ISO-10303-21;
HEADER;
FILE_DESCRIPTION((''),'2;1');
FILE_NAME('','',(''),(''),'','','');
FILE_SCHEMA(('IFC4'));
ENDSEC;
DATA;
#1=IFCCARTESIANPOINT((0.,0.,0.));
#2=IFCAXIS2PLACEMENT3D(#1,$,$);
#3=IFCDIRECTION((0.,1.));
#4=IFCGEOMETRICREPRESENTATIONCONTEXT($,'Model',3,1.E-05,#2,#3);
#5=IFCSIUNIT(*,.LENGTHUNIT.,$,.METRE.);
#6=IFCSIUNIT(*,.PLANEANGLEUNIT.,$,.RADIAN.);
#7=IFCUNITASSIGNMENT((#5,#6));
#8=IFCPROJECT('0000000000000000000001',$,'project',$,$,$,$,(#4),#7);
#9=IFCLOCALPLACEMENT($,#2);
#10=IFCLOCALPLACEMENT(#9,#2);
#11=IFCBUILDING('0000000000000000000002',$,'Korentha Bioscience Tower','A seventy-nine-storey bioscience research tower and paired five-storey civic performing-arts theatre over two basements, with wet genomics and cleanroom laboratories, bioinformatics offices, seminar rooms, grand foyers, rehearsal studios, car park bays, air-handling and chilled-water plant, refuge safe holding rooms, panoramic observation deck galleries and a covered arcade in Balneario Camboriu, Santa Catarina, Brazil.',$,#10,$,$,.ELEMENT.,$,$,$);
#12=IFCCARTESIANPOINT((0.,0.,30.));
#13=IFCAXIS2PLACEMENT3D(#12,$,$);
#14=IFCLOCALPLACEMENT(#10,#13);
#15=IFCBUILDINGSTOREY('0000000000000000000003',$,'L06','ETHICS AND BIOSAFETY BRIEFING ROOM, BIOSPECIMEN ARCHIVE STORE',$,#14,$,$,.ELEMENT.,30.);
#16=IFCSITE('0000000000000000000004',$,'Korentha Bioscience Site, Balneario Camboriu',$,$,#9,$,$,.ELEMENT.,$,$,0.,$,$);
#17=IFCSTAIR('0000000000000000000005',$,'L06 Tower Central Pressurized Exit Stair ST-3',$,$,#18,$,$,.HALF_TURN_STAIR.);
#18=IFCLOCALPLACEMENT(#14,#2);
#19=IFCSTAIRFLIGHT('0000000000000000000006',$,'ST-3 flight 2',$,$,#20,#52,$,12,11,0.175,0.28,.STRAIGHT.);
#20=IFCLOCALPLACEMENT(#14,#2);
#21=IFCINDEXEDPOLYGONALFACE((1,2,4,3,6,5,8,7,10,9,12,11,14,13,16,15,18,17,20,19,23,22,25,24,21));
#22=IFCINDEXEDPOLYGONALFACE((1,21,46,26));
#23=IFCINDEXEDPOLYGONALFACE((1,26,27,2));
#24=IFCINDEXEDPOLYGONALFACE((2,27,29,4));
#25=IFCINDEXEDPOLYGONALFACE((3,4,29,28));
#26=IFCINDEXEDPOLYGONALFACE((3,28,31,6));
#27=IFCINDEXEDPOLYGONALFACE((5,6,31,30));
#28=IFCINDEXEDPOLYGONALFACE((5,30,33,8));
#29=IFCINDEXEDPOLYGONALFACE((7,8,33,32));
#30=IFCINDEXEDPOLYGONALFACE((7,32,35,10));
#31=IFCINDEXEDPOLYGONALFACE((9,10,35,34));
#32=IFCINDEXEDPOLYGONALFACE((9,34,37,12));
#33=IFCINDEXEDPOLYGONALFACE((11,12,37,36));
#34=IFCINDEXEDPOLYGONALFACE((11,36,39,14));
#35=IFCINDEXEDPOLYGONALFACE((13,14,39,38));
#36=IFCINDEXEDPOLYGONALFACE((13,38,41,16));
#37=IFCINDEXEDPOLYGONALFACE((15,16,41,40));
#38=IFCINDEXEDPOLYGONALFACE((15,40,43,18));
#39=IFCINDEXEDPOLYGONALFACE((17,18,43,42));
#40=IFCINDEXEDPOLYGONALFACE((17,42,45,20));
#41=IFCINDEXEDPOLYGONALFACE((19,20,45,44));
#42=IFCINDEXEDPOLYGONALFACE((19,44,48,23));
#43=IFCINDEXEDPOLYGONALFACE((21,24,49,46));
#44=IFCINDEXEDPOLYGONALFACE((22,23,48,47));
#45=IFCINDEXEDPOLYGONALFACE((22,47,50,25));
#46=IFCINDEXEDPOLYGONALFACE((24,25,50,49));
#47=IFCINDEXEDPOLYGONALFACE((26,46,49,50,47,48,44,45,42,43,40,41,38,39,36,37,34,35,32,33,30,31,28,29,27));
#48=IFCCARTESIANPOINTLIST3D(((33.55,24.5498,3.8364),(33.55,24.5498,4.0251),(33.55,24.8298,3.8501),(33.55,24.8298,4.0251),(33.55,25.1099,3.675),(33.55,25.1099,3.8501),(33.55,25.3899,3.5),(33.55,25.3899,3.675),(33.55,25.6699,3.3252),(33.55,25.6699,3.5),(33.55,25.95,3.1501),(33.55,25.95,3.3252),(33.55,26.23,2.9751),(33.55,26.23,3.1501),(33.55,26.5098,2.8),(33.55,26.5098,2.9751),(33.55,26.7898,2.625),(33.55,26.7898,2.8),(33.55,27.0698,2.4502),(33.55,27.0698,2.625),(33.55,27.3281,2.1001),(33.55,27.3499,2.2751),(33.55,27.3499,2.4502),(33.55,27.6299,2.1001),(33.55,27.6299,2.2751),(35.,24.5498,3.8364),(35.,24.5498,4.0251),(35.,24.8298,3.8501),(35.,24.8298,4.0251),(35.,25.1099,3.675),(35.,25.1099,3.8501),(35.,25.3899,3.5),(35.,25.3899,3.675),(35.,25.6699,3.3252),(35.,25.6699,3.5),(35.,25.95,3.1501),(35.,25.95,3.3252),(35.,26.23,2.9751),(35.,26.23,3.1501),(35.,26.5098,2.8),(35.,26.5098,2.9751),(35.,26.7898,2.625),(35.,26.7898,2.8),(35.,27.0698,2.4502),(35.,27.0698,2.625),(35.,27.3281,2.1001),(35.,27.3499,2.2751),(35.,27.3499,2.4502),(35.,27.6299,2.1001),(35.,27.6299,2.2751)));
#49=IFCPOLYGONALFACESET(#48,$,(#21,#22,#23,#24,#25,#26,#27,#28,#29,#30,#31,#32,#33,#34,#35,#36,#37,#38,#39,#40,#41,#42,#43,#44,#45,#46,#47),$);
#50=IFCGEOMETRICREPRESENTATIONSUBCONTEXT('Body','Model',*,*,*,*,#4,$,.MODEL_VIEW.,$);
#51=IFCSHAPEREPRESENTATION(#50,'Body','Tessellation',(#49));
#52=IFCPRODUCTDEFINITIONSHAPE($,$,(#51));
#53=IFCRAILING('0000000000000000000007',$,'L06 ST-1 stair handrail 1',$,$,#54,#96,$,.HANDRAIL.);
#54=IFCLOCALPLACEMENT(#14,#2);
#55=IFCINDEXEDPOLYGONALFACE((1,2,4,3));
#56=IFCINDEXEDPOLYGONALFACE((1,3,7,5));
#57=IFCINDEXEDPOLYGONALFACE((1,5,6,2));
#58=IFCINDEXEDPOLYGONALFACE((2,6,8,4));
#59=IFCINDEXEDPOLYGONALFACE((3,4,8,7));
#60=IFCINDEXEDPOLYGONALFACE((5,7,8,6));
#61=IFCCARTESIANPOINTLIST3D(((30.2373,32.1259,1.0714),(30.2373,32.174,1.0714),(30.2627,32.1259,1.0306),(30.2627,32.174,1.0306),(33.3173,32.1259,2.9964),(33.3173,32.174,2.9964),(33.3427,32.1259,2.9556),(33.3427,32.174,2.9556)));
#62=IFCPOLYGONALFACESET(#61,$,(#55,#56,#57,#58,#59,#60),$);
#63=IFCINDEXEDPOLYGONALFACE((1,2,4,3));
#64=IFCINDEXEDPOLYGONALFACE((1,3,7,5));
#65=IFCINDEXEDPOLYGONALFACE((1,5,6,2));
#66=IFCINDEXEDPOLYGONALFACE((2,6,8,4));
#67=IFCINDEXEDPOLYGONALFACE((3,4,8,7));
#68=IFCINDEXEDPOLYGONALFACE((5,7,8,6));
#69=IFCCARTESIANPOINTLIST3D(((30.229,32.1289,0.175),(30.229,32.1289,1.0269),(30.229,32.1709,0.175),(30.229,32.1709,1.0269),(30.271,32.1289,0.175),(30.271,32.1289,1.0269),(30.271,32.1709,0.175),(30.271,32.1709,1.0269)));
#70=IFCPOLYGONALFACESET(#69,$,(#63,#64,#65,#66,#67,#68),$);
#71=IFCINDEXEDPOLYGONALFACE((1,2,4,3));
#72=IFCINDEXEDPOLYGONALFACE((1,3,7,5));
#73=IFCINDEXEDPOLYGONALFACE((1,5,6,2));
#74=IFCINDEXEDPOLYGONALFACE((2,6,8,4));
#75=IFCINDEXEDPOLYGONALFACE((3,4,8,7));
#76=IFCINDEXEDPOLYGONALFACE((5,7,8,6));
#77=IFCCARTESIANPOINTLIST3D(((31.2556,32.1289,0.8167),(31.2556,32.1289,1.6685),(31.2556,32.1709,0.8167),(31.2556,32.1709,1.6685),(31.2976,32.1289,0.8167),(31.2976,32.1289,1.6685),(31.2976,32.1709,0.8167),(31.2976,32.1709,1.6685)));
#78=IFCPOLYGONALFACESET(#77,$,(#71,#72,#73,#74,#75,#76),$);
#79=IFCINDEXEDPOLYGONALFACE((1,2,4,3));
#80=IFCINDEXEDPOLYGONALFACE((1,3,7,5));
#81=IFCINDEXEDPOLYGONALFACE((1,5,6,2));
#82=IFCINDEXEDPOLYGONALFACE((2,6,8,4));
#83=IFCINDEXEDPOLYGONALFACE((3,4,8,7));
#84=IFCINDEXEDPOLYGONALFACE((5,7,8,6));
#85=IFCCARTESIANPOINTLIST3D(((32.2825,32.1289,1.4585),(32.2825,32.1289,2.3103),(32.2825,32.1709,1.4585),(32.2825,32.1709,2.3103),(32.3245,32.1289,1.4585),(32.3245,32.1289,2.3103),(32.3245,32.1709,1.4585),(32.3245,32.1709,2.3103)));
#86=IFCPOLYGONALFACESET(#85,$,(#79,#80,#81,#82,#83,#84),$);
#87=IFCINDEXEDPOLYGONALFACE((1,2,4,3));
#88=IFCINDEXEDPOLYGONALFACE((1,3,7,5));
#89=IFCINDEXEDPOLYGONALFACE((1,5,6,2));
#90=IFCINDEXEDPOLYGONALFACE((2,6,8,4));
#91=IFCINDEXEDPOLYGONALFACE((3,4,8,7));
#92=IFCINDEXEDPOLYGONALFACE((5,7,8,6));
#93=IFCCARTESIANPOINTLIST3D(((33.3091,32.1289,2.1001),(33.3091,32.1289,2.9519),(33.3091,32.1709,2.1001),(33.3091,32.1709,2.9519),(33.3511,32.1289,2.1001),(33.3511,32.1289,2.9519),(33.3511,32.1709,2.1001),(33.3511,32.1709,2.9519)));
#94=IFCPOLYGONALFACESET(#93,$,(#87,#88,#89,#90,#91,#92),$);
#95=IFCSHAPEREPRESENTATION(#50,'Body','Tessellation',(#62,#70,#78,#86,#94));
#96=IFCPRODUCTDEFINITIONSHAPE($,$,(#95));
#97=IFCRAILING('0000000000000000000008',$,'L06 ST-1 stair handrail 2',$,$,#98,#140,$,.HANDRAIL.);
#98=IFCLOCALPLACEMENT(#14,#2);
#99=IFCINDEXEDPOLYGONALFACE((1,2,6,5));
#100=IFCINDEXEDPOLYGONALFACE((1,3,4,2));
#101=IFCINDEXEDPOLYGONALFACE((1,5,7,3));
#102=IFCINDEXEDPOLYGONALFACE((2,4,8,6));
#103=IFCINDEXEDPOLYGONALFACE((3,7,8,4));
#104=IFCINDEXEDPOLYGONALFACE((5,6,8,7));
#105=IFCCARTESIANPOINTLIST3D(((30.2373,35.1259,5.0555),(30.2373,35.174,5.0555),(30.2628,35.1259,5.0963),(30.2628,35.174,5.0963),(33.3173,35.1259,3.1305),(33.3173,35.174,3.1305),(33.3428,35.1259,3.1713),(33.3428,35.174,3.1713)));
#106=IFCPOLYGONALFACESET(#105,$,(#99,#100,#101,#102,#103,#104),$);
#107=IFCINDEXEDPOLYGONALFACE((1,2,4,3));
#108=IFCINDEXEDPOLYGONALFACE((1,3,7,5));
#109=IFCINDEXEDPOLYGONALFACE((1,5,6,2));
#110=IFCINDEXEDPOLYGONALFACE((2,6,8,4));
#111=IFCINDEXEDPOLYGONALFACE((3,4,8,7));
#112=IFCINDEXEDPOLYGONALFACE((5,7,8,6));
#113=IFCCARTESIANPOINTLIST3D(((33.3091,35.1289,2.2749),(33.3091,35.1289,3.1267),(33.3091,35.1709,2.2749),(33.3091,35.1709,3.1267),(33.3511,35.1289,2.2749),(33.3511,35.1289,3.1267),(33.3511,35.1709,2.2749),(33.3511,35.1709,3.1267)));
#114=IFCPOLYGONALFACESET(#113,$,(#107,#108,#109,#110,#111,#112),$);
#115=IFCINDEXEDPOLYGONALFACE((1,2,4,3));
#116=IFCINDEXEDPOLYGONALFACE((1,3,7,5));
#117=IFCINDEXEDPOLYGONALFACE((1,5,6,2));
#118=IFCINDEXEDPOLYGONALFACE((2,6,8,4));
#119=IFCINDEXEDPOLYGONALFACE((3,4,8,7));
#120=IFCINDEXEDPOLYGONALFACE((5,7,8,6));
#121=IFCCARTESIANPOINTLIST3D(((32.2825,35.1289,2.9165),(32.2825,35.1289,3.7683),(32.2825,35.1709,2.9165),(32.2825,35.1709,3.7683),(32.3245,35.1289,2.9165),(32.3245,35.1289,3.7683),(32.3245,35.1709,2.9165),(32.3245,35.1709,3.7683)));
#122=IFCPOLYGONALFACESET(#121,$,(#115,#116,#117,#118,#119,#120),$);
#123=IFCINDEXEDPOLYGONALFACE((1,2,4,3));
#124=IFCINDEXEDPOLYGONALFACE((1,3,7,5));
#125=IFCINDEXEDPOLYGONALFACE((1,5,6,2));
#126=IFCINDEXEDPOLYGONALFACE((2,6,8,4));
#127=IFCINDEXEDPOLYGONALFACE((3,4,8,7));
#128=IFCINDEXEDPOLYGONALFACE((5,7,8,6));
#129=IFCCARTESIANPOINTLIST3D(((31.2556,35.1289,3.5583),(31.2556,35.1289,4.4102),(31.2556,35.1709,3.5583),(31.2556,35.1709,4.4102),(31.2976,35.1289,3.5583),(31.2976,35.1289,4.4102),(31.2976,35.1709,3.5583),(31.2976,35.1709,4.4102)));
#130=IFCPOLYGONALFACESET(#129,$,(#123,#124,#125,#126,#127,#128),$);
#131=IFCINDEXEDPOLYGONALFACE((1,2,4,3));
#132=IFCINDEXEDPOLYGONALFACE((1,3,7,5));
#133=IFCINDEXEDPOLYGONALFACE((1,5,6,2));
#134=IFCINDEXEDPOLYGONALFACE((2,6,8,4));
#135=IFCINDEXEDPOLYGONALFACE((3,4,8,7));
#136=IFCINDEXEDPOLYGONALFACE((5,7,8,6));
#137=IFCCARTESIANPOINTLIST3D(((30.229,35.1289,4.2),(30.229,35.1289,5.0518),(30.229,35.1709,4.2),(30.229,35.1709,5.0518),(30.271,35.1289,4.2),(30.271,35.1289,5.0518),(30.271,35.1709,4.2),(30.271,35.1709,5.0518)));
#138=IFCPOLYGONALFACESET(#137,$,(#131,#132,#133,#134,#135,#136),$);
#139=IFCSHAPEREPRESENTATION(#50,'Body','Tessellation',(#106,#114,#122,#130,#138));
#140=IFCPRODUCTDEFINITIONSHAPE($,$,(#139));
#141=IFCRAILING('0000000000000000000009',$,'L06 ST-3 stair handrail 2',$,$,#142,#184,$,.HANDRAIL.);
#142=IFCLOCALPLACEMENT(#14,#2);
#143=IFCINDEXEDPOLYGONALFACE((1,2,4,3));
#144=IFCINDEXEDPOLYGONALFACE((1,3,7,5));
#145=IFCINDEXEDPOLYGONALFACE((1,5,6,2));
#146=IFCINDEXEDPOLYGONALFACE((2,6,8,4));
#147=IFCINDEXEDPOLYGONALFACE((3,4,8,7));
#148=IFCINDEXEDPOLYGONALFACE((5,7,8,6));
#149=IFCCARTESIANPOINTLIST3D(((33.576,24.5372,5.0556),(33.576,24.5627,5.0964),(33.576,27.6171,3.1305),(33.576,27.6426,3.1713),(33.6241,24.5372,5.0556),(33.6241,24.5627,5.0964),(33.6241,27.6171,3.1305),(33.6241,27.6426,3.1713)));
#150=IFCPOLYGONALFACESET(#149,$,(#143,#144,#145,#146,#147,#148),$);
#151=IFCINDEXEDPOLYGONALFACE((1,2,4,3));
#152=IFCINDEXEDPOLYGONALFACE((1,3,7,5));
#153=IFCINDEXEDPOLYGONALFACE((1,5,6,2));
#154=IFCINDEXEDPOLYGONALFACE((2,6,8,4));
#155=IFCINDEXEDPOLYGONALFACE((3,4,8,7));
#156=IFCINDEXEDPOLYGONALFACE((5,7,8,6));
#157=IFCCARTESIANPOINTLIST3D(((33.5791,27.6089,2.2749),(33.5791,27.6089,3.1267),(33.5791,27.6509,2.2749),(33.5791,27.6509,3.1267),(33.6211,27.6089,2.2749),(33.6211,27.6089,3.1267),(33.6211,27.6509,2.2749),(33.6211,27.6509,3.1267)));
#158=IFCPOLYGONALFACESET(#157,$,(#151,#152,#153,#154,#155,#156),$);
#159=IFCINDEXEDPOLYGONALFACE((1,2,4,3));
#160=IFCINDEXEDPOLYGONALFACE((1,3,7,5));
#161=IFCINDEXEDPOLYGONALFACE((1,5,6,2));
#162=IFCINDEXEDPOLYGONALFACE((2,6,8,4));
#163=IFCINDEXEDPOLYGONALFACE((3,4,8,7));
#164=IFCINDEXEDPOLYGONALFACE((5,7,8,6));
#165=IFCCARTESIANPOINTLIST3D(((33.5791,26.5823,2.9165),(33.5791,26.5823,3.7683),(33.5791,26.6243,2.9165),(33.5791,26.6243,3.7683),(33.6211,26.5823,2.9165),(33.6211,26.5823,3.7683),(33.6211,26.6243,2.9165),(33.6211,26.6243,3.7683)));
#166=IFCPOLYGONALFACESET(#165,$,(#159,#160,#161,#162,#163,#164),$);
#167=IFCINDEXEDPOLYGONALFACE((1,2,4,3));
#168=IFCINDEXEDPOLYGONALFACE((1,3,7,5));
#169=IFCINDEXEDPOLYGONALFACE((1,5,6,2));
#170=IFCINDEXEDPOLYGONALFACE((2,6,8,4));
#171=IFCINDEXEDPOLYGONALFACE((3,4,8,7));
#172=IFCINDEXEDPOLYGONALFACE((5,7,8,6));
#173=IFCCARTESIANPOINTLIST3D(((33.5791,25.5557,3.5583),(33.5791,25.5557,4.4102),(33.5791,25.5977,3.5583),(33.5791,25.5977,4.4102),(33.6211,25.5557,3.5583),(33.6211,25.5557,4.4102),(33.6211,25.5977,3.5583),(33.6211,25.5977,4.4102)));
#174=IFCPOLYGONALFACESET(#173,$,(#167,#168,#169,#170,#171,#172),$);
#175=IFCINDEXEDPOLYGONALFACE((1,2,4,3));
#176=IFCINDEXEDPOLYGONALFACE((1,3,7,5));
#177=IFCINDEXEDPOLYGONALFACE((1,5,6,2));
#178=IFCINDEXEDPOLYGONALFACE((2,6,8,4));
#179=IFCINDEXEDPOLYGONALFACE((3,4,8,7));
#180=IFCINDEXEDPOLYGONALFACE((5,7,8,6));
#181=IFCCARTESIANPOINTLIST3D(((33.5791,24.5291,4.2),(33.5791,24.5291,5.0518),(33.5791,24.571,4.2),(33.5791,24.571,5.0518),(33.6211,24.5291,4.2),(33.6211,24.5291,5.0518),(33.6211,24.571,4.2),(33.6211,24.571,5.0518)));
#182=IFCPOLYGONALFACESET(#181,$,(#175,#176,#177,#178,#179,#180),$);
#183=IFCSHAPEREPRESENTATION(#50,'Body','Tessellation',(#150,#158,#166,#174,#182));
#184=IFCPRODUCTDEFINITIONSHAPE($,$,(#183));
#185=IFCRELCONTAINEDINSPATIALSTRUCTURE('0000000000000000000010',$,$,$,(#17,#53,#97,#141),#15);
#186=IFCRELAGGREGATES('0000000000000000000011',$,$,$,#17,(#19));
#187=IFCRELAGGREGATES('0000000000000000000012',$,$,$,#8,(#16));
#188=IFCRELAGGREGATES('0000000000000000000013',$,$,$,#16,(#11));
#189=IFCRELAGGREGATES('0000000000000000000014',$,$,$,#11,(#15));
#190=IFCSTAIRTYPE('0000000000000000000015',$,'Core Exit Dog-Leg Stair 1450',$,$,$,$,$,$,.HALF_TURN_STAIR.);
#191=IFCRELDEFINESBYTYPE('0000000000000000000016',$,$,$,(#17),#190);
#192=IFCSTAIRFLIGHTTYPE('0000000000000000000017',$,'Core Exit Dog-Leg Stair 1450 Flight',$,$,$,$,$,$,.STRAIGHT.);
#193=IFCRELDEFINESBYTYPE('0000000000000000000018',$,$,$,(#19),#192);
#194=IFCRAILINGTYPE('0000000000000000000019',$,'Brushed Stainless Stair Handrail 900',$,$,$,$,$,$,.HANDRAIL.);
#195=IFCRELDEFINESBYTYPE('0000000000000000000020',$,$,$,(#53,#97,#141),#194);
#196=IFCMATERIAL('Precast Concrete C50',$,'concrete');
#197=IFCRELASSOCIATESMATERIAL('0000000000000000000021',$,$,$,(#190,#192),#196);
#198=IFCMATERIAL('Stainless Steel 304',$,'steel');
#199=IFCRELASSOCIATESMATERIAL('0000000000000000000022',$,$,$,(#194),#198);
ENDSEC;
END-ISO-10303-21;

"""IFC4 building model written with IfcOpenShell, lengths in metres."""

from ifc_helpers import new_model, si_unit, direction, frame, origin, origin_2d, place, context, subcontext, project, spatial, polyline, rectangle, outline, extrude, material, type_object, element, aggregate, save


model = new_model("IFC4")

# Units and contexts
model_context = context("Model", 3, precision=1e-05, world=origin(), true_north=direction((0.0, 1.0)))
body_context = subcontext(model_context, "Body", "Model", "MODEL_VIEW")
ifc_project = project(units=[si_unit("LENGTHUNIT", "METRE"), si_unit("PLANEANGLEUNIT", "RADIAN")], contexts=[model_context])

# Site, building, storey
site_placement = place(None, origin())
site = spatial("IfcSite", under=ifc_project, at=site_placement, Name="Korentha Bioscience Site, Balneario Camboriu", CompositionType="ELEMENT", RefElevation=0.0)
building_placement = place(site_placement, origin())
building = spatial("IfcBuilding", under=site, at=building_placement, Name="Korentha Bioscience Tower", Description="A seventy-nine-storey bioscience research tower and paired five-storey civic performing-arts theatre over two basements, with wet genomics and cleanroom laboratories, bioinformatics offices, seminar rooms, grand foyers, rehearsal studios, car park bays, air-handling and chilled-water plant, refuge safe holding rooms, panoramic observation deck galleries and a covered arcade in Balneario Camboriu, Santa Catarina, Brazil.", CompositionType="ELEMENT")
storey_placement = place(building_placement, frame((0.0, 0.0, 30.0)))
storey = spatial("IfcBuildingStorey", under=building, at=storey_placement, Name="L06", Description="ETHICS AND BIOSAFETY BRIEFING ROOM, BIOSPECIMEN ARCHIVE STORE", CompositionType="ELEMENT", Elevation=30.0)

# Shared definitions
ifc_material_1 = material(Name="Precast Concrete C50", Category="concrete")
stair_type = type_object("IfcStairType", Name="Core Exit Dog-Leg Stair 1450", PredefinedType="HALF_TURN_STAIR", material=ifc_material_1)
stair_flight_type = type_object("IfcStairFlightType", Name="Core Exit Dog-Leg Stair 1450 Flight", PredefinedType="STRAIGHT", material=ifc_material_1)

# Stair, stair flight
stair_1_placement = place(storey_placement, origin())
stair_1 = element("IfcStair", 1, at=stair_1_placement, inside=storey, type_object=stair_type, Name="L06 Tower Central Pressurized Exit Stair ST-3", PredefinedType="HALF_TURN_STAIR")
stair_flight_1_placement = place(storey_placement, frame((34.2749, 27.6299, 2.1001), z_axis=(0.0, 0.0, 1.0), x_axis=(0.0, -1.0, 0.0)))
stair_flight_1 = element("IfcStairFlight", 2, at=stair_flight_1_placement, type_object=stair_flight_type, Name="ST-3 flight 2", NumberOfRisers=12, NumberOfTreads=11, PredefinedType="STRAIGHT", RiserHeight=0.175, TreadLength=0.28, context=body_context, shape_type="SweptSolid", body=[
    extrude(outline(polyline([(0.0, 0.0), (0.0, 0.175), (0.28, 0.175), (0.28, 0.3501), (0.5601, 0.3501), (0.5601, 0.5249), (0.8401, 0.5249), (0.8401, 0.7), (1.1201, 0.7), (1.1201, 0.875), (1.3999, 0.875), (1.3999, 1.05), (1.6799, 1.05), (1.6799, 1.2251), (1.96, 1.2251), (1.96, 1.3999), (2.24, 1.3999), (2.24, 1.575), (2.52, 1.575), (2.52, 1.75), (2.8, 1.75), (2.8, 1.925), (3.0801, 1.925), (3.0801, 2.1001), (3.0801, 1.7363), (0.3018, 0.0), (0.0, 0.0)])), frame((0.0, 0.7251, 0.0), z_axis=(0.0, -1.0, 0.0), x_axis=(1.0, 0.0, 0.0)), (0.0, 0.0, 1.0), 1.45),
])
aggregate(stair_1, [stair_flight_1])

# Railings
ifc_material_2 = material(Name="Stainless Steel 304", Category="steel")
railing_type_1 = type_object("IfcRailingType", Name="Brushed Stainless Stair Handrail 900", PredefinedType="HANDRAIL", material=ifc_material_2)
railing_1_placement = place(storey_placement, frame((30.25, 32.1499, 0.175)))
element("IfcRailing", 3, at=railing_1_placement, inside=storey, type_object=railing_type_1, Name="L06 ST-1 stair handrail 1", PredefinedType="HANDRAIL", context=body_context, shape_type="SweptSolid", body=[
    extrude(rectangle(XDim=0.0481, YDim=0.0481, at=origin_2d()), frame((0.0, 0.0, 0.876), z_axis=(0.847998, 0.0, 0.529999), x_axis=(0.0, 1.0, 0.0)), (0.0, 0.0, 1.0), 3.6321),
    extrude(rectangle(XDim=0.042, YDim=0.042, at=origin_2d()), origin(), (0.0, 0.0, 1.0), 0.8518),
    extrude(rectangle(XDim=0.042, YDim=0.042, at=origin_2d()), frame((1.0266, 0.0, 0.6416)), (0.0, 0.0, 1.0), 0.8518),
    extrude(rectangle(XDim=0.042, YDim=0.042, at=origin_2d()), frame((2.0535, 0.0, 1.2834)), (0.0, 0.0, 1.0), 0.8518),
    extrude(rectangle(XDim=0.042, YDim=0.042, at=origin_2d()), frame((3.0801, 0.0, 1.925)), (0.0, 0.0, 1.0), 0.8518),
])
railing_2_placement = place(storey_placement, frame((33.3301, 35.1499, 2.2749)))
element("IfcRailing", 4, at=railing_2_placement, inside=storey, type_object=railing_type_1, Name="L06 ST-1 stair handrail 2", PredefinedType="HANDRAIL", context=body_context, shape_type="SweptSolid", body=[
    extrude(rectangle(XDim=0.0481, YDim=0.0481, at=origin_2d()), frame((0.0, 0.0, 0.876), z_axis=(-0.847998, 0.0, 0.529999), x_axis=(0.0, -1.0, 0.0)), (0.0, 0.0, 1.0), 3.6321),
    extrude(rectangle(XDim=0.042, YDim=0.042, at=origin_2d()), origin(), (0.0, 0.0, 1.0), 0.8518),
    extrude(rectangle(XDim=0.042, YDim=0.042, at=origin_2d()), frame((-1.0266, 0.0, 0.6416)), (0.0, 0.0, 1.0), 0.8518),
    extrude(rectangle(XDim=0.042, YDim=0.042, at=origin_2d()), frame((-2.0535, 0.0, 1.2834)), (0.0, 0.0, 1.0), 0.8518),
    extrude(rectangle(XDim=0.042, YDim=0.042, at=origin_2d()), frame((-3.0801, 0.0, 1.925)), (0.0, 0.0, 1.0), 0.8518),
])
railing_3_placement = place(storey_placement, frame((33.6001, 27.6299, 2.2749)))
element("IfcRailing", 5, at=railing_3_placement, inside=storey, type_object=railing_type_1, Name="L06 ST-3 stair handrail 2", PredefinedType="HANDRAIL", context=body_context, shape_type="SweptSolid", body=[
    extrude(rectangle(XDim=0.0481, YDim=0.0481, at=origin_2d()), frame((0.0, 0.0, 0.876), z_axis=(0.0, -0.847979, 0.530029), x_axis=(1.0, 0.0, 0.0)), (0.0, 0.0, 1.0), 3.6321),
    extrude(rectangle(XDim=0.042, YDim=0.042, at=origin_2d()), origin(), (0.0, 0.0, 1.0), 0.8518),
    extrude(rectangle(XDim=0.042, YDim=0.042, at=origin_2d()), frame((0.0, -1.0266, 0.6416)), (0.0, 0.0, 1.0), 0.8518),
    extrude(rectangle(XDim=0.042, YDim=0.042, at=origin_2d()), frame((0.0, -2.0532, 1.2834)), (0.0, 0.0, 1.0), 0.8518),
    extrude(rectangle(XDim=0.042, YDim=0.042, at=origin_2d()), frame((0.0, -3.0798, 1.925)), (0.0, 0.0, 1.0), 0.8518),
])

save(model, "model.ifc")
